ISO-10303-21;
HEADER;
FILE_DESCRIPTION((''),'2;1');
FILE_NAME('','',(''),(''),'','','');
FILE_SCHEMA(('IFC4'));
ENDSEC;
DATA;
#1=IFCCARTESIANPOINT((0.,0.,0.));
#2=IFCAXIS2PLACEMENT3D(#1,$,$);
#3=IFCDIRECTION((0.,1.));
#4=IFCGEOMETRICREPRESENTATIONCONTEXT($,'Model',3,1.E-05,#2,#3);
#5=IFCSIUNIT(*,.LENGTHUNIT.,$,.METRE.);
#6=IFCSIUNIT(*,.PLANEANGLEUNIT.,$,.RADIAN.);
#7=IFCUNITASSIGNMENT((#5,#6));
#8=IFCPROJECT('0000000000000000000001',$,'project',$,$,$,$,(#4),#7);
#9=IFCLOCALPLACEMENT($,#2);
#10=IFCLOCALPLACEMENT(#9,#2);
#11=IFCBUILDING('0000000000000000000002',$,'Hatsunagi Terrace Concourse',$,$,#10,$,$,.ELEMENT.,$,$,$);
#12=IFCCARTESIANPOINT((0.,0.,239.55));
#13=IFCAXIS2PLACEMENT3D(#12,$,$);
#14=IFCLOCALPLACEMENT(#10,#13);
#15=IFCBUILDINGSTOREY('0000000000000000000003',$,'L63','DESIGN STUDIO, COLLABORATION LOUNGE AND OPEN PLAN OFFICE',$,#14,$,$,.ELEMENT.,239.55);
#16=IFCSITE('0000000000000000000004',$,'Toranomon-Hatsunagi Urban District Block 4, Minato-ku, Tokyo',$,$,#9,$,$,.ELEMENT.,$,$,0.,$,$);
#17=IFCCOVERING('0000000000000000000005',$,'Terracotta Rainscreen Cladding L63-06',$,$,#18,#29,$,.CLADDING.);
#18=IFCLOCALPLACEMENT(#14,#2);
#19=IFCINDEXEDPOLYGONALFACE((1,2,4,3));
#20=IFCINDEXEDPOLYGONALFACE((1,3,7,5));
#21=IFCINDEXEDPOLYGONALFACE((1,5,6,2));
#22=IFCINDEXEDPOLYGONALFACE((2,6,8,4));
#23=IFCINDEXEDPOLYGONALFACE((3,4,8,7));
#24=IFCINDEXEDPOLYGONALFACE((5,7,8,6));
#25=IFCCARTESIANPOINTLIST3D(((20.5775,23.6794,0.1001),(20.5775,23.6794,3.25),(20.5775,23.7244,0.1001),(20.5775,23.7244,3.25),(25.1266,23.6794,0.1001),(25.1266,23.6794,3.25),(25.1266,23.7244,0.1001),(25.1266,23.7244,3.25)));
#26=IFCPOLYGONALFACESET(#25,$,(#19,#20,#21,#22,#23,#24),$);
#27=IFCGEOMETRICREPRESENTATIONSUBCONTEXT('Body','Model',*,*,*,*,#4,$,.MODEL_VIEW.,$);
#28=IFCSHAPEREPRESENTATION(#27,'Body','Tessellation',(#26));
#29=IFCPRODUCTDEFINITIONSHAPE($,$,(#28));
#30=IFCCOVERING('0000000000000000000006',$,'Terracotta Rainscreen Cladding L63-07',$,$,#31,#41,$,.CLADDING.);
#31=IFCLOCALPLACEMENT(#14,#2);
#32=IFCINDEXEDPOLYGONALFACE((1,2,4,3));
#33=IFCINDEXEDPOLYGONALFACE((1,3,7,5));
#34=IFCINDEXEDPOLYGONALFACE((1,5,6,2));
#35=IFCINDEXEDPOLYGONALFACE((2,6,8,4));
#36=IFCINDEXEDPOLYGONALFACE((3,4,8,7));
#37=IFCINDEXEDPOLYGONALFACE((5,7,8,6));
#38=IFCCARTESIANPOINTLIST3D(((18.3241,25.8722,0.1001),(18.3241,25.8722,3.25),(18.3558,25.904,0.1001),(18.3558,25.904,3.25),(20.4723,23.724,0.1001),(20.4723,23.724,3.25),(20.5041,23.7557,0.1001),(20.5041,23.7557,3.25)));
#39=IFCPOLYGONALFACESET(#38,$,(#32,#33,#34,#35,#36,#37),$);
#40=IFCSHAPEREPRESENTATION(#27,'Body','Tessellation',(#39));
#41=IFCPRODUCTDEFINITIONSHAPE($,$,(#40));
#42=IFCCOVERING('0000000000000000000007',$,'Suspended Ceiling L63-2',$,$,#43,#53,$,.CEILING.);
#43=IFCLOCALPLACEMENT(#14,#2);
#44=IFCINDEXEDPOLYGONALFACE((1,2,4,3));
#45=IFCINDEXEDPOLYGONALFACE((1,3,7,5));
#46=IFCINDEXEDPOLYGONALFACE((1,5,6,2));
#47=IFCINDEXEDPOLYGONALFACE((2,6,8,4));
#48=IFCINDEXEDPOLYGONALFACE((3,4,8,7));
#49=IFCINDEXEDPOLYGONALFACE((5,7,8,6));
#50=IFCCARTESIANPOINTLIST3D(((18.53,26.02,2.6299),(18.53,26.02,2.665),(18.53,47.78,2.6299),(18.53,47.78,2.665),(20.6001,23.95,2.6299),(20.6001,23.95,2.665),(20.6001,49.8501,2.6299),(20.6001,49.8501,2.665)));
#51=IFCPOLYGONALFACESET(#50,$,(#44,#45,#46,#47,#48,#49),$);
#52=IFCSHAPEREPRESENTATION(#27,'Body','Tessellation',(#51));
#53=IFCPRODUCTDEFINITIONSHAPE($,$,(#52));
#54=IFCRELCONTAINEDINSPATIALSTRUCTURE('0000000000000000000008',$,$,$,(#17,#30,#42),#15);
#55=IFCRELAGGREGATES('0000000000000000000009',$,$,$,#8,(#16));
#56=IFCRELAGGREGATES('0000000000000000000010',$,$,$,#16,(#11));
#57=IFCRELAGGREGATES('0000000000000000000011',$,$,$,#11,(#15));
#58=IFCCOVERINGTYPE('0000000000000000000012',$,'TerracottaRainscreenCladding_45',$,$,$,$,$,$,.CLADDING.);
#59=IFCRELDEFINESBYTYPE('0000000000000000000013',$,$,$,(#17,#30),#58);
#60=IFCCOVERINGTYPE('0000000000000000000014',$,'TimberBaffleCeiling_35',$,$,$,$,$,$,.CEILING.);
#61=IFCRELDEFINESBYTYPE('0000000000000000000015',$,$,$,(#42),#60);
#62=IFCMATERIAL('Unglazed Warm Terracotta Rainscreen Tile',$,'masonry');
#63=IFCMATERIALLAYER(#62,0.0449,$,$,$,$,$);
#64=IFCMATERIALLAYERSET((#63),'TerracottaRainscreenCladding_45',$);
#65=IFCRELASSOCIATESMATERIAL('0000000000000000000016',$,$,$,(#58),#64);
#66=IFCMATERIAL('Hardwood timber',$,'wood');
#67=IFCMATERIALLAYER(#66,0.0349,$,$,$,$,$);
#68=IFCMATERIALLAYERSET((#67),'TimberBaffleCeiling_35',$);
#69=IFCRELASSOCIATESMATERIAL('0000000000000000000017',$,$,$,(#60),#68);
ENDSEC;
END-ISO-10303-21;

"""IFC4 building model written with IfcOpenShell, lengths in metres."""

from ifc_helpers import new_model, si_unit, direction, frame, origin, origin_2d, place, context, subcontext, project, spatial, polyline, rectangle, outline, extrude, material, layer, layer_set, type_object, element, save


model = new_model("IFC4")

# Units and contexts
model_context = context("Model", 3, precision=1e-05, world=origin(), true_north=direction((0.0, 1.0)))
body_context = subcontext(model_context, "Body", "Model", "MODEL_VIEW")
ifc_project = project(units=[si_unit("LENGTHUNIT", "METRE"), si_unit("PLANEANGLEUNIT", "RADIAN")], contexts=[model_context])

# Site, building, storey
site_placement = place(None, origin())
site = spatial("IfcSite", under=ifc_project, at=site_placement, Name="Toranomon-Hatsunagi Urban District Block 4, Minato-ku, Tokyo", CompositionType="ELEMENT", RefElevation=0.0)
building_placement = place(site_placement, origin())
building = spatial("IfcBuilding", under=site, at=building_placement, Name="Hatsunagi Terrace Concourse", CompositionType="ELEMENT")
storey_placement = place(building_placement, frame((0.0, 0.0, 239.55)))
storey = spatial("IfcBuildingStorey", under=building, at=storey_placement, Name="L63", Description="DESIGN STUDIO, COLLABORATION LOUNGE AND OPEN PLAN OFFICE", CompositionType="ELEMENT", Elevation=239.55)

# Coverings
ifc_material_1 = material(Name="Unglazed Warm Terracotta Rainscreen Tile", Category="masonry")
ifc_layer_1 = layer(ifc_material_1, 0.0449)
ifc_layer_set_1 = layer_set([ifc_layer_1], Name="TerracottaRainscreenCladding_45")
covering_type_1 = type_object("IfcCoveringType", Name="TerracottaRainscreenCladding_45", PredefinedType="CLADDING", material=ifc_layer_set_1)
covering_1_placement = place(storey_placement, frame((22.8521, 23.7019, 0.1001), z_axis=(0.0, 0.0, 1.0), x_axis=(-1.0, 0.0, 0.0)))
element("IfcCovering", 1, at=covering_1_placement, inside=storey, type_object=covering_type_1, Name="Terracotta Rainscreen Cladding L63-06", PredefinedType="CLADDING", context=body_context, shape_type="SweptSolid", body=[
    extrude(rectangle(XDim=4.5491, YDim=0.0449, at=origin_2d()), origin(), (0.0, 0.0, 1.0), 3.1499),
])
covering_2_placement = place(storey_placement, frame((19.4141, 24.814, 0.1001), z_axis=(0.0, 0.0, 1.0), x_axis=(-0.707107, 0.707107, 0.0)))
element("IfcCovering", 2, at=covering_2_placement, inside=storey, type_object=covering_type_1, Name="Terracotta Rainscreen Cladding L63-07", PredefinedType="CLADDING", context=body_context, shape_type="SweptSolid", body=[
    extrude(rectangle(XDim=3.0381, YDim=0.0449, at=origin_2d()), origin(), (0.0, 0.0, 1.0), 3.1499),
])
ifc_material_2 = material(Name="Hardwood timber", Category="wood")
ifc_layer_2 = layer(ifc_material_2, 0.0349)
ifc_layer_set_2 = layer_set([ifc_layer_2], Name="TimberBaffleCeiling_35")
covering_type_2 = type_object("IfcCoveringType", Name="TimberBaffleCeiling_35", PredefinedType="CEILING", material=ifc_layer_set_2)
covering_3_placement = place(storey_placement, frame((0.0, 0.0, 2.6299)))
element("IfcCovering", 3, at=covering_3_placement, inside=storey, type_object=covering_type_2, Name="Suspended Ceiling L63-2", PredefinedType="CEILING", context=body_context, shape_type="SweptSolid", body=[
    extrude(outline(polyline([(18.53, 26.02), (20.6001, 23.95), (20.6001, 49.8501), (18.53, 47.78), (18.53, 26.02)])), origin(), (0.0, 0.0, 1.0), 0.0352),
])

save(model, "model.ifc")
